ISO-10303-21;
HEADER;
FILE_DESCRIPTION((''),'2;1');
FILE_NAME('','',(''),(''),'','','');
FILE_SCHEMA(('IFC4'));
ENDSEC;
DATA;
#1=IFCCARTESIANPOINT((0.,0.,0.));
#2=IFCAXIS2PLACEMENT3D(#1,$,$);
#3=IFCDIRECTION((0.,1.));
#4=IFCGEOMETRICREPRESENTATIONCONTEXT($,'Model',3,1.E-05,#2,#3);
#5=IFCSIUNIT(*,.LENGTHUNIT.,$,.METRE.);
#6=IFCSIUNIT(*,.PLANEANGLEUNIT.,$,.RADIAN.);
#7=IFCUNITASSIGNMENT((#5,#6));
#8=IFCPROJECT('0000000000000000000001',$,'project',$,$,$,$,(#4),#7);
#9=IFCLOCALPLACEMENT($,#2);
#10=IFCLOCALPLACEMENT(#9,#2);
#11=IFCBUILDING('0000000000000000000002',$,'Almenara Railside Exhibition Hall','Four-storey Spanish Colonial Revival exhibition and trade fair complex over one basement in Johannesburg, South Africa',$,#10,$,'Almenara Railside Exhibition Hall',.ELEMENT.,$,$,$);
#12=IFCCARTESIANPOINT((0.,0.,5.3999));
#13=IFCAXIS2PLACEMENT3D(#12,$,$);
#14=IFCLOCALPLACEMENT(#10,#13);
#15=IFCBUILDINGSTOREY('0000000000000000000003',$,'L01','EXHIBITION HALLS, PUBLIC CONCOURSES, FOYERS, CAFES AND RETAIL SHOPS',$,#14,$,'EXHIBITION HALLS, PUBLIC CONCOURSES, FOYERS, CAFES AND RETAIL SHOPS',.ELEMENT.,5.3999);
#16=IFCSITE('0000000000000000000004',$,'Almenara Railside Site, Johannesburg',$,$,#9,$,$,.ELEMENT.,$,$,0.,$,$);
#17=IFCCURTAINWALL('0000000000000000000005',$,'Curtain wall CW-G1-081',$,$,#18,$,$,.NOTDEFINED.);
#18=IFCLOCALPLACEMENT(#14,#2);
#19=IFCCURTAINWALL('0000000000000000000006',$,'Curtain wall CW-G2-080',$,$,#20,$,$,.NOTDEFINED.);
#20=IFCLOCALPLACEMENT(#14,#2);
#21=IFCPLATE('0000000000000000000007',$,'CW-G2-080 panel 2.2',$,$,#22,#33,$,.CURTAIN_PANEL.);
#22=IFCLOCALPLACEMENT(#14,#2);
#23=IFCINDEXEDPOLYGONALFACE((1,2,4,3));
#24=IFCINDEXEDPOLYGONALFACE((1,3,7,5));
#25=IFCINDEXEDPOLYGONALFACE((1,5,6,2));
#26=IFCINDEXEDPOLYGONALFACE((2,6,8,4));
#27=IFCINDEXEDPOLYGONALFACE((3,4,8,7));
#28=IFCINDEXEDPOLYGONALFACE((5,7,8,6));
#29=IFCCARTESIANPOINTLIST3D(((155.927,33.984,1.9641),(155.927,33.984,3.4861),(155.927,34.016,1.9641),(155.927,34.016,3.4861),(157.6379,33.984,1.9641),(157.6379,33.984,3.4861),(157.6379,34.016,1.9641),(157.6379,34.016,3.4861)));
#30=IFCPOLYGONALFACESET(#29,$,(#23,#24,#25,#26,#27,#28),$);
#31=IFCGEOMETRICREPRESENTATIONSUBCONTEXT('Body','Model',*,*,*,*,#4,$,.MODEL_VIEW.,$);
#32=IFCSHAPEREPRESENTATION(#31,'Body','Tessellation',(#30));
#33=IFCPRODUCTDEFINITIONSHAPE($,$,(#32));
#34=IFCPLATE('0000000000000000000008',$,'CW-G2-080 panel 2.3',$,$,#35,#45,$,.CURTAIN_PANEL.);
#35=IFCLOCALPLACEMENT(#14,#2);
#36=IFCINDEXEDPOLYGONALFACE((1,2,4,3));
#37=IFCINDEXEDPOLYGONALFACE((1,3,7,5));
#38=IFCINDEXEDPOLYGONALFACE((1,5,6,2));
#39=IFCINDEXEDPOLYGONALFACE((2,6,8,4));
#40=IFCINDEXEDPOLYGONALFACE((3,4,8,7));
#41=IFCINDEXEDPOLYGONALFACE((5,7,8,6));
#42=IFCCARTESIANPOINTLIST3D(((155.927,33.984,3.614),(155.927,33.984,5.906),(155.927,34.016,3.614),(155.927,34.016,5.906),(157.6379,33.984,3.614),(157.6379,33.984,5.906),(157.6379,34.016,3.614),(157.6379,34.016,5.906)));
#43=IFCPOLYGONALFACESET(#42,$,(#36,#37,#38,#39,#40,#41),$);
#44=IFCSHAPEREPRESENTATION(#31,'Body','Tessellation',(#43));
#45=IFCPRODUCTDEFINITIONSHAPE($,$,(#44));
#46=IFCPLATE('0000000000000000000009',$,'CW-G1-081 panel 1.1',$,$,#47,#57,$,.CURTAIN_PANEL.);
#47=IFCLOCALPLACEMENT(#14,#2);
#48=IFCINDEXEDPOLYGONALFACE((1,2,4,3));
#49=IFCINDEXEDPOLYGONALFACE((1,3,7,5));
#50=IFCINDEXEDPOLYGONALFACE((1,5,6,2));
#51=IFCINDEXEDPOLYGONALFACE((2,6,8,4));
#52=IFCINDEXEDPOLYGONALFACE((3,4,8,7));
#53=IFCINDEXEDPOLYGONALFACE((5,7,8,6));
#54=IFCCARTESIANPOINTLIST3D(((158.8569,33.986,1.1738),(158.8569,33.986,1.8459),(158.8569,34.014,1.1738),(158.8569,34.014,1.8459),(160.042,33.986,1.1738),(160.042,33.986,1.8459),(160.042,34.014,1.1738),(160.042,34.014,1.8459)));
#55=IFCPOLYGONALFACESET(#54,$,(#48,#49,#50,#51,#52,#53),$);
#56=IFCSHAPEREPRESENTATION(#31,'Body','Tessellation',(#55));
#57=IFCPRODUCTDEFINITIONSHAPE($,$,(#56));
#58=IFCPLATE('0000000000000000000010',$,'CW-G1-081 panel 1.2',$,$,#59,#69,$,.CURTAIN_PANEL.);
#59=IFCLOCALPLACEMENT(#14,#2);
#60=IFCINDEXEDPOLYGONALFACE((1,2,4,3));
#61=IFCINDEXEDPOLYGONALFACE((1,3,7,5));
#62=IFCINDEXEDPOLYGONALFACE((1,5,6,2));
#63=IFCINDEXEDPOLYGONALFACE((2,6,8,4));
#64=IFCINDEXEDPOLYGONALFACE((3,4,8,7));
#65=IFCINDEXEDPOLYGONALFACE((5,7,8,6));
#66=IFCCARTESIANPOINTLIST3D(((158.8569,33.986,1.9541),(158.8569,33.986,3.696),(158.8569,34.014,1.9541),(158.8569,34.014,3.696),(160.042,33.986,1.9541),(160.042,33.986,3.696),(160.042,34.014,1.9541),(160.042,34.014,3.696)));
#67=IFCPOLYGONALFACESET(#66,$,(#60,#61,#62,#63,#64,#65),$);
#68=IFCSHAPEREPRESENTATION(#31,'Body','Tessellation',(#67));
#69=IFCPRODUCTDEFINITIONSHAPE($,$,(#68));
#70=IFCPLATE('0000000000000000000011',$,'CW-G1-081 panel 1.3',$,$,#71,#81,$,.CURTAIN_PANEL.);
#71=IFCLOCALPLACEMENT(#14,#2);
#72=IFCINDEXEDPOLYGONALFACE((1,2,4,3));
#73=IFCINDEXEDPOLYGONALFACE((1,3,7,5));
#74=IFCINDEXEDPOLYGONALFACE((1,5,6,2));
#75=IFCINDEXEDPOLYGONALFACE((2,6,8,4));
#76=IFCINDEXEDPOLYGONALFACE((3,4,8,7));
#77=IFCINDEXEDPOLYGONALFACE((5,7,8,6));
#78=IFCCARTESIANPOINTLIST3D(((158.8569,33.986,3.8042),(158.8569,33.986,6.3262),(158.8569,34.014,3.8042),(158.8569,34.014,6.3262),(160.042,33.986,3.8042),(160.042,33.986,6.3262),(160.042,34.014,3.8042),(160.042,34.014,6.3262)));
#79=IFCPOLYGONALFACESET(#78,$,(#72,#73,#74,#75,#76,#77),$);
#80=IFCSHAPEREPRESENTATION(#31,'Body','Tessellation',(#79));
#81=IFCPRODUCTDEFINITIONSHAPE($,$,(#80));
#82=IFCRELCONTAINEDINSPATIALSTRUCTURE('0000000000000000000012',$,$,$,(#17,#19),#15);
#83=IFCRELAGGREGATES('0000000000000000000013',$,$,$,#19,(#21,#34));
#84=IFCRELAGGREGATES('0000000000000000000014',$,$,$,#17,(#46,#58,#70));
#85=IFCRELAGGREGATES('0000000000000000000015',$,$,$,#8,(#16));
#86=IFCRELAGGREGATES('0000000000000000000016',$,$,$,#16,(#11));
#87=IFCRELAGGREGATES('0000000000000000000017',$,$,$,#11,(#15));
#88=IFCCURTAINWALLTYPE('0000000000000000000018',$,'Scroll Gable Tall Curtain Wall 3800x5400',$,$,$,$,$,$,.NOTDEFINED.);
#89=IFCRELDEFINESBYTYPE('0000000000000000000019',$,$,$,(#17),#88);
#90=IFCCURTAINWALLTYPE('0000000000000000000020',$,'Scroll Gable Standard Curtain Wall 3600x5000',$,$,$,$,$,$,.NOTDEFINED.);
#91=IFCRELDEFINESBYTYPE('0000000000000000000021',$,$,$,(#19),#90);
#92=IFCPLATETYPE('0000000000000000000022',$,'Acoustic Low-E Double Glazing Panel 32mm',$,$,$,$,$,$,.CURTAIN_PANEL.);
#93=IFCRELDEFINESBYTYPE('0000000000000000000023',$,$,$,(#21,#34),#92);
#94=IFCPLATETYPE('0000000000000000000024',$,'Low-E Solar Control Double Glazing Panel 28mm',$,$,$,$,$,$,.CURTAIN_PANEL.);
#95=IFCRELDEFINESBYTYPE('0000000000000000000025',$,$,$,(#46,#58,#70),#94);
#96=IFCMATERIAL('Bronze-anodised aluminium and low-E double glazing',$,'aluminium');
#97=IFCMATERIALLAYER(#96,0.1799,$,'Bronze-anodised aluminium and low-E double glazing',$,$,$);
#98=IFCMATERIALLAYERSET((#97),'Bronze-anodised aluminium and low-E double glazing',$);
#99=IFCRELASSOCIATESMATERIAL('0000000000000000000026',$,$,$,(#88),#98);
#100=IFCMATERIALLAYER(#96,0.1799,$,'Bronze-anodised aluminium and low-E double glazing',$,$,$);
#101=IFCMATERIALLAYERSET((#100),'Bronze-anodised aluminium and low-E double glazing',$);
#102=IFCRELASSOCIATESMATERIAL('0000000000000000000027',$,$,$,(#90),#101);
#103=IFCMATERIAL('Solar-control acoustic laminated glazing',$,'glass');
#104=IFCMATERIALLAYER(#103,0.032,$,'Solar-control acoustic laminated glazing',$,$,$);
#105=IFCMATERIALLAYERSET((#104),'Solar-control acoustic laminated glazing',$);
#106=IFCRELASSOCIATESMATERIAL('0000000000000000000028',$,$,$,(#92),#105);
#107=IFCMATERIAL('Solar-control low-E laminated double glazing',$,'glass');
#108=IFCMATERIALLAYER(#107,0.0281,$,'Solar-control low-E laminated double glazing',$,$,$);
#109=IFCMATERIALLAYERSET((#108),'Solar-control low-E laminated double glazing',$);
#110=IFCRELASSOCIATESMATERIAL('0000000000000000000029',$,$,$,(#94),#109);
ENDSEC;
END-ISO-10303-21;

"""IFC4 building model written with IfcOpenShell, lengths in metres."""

from ifc_helpers import new_model, si_unit, direction, frame, origin, origin_2d, place, context, subcontext, project, spatial, rectangle, extrude, material, layer, layer_set, type_object, element, aggregate, save


model = new_model("IFC4")

# Units and contexts
model_context = context("Model", 3, precision=1e-05, world=origin(), true_north=direction((0.0, 1.0)))
body_context = subcontext(model_context, "Body", "Model", "MODEL_VIEW")
ifc_project = project(units=[si_unit("LENGTHUNIT", "METRE"), si_unit("PLANEANGLEUNIT", "RADIAN")], contexts=[model_context])

# Site, building, storey
site_placement = place(None, origin())
site = spatial("IfcSite", under=ifc_project, at=site_placement, Name="Almenara Railside Site, Johannesburg", CompositionType="ELEMENT", RefElevation=0.0)
building_placement = place(site_placement, origin())
building = spatial("IfcBuilding", under=site, at=building_placement, Name="Almenara Railside Exhibition Hall", Description="Four-storey Spanish Colonial Revival exhibition and trade fair complex over one basement in Johannesburg, South Africa", LongName="Almenara Railside Exhibition Hall", CompositionType="ELEMENT")
storey_placement = place(building_placement, frame((0.0, 0.0, 5.3999)))
storey = spatial("IfcBuildingStorey", under=building, at=storey_placement, Name="L01", Description="EXHIBITION HALLS, PUBLIC CONCOURSES, FOYERS, CAFES AND RETAIL SHOPS", LongName="EXHIBITION HALLS, PUBLIC CONCOURSES, FOYERS, CAFES AND RETAIL SHOPS", CompositionType="ELEMENT", Elevation=5.3999)

# Curtain walls
ifc_material_1 = material(Name="Bronze-anodised aluminium and low-E double glazing", Category="aluminium")
ifc_layer_1 = layer(ifc_material_1, 0.1799, Name="Bronze-anodised aluminium and low-E double glazing")
ifc_layer_set_1 = layer_set([ifc_layer_1], Name="Bronze-anodised aluminium and low-E double glazing")
curtain_wall_type_1 = type_object("IfcCurtainWallType", Name="Scroll Gable Tall Curtain Wall 3800x5400", PredefinedType="NOTDEFINED", material=ifc_layer_set_1)
curtain_wall_1_placement = place(storey_placement, origin())
curtain_wall_1 = element("IfcCurtainWall", 1, at=curtain_wall_1_placement, inside=storey, type_object=curtain_wall_type_1, Name="Curtain wall CW-G1-081", PredefinedType="NOTDEFINED")
ifc_layer_2 = layer(ifc_material_1, 0.1799, Name="Bronze-anodised aluminium and low-E double glazing")
ifc_layer_set_2 = layer_set([ifc_layer_2], Name="Bronze-anodised aluminium and low-E double glazing")
curtain_wall_type_2 = type_object("IfcCurtainWallType", Name="Scroll Gable Standard Curtain Wall 3600x5000", PredefinedType="NOTDEFINED", material=ifc_layer_set_2)
curtain_wall_2_placement = place(storey_placement, origin())
curtain_wall_2 = element("IfcCurtainWall", 2, at=curtain_wall_2_placement, inside=storey, type_object=curtain_wall_type_2, Name="Curtain wall CW-G2-080", PredefinedType="NOTDEFINED")

# Plates
ifc_material_2 = material(Name="Solar-control acoustic laminated glazing", Category="glass")
ifc_layer_3 = layer(ifc_material_2, 0.032, Name="Solar-control acoustic laminated glazing")
ifc_layer_set_3 = layer_set([ifc_layer_3], Name="Solar-control acoustic laminated glazing")
plate_type_1 = type_object("IfcPlateType", Name="Acoustic Low-E Double Glazing Panel 32mm", PredefinedType="CURTAIN_PANEL", material=ifc_layer_set_3)
plate_1_placement = place(storey_placement, frame((156.7825, 34.0, 1.9641), z_axis=(0.0, 0.0, 1.0), x_axis=(1.0, 0.0, 0.0)))
plate_1 = element("IfcPlate", 3, at=plate_1_placement, type_object=plate_type_1, Name="CW-G2-080 panel 2.2", PredefinedType="CURTAIN_PANEL", context=body_context, shape_type="SweptSolid", body=[
    extrude(rectangle(XDim=1.7109, YDim=0.032, at=origin_2d()), origin(), (0.0, 0.0, 1.0), 1.522),
])
plate_2_placement = place(storey_placement, frame((156.7825, 34.0, 3.614), z_axis=(0.0, 0.0, 1.0), x_axis=(1.0, 0.0, 0.0)))
plate_2 = element("IfcPlate", 4, at=plate_2_placement, type_object=plate_type_1, Name="CW-G2-080 panel 2.3", PredefinedType="CURTAIN_PANEL", context=body_context, shape_type="SweptSolid", body=[
    extrude(rectangle(XDim=1.7109, YDim=0.032, at=origin_2d()), origin(), (0.0, 0.0, 1.0), 2.292),
])
aggregate(curtain_wall_2, [plate_1, plate_2])
ifc_material_3 = material(Name="Solar-control low-E laminated double glazing", Category="glass")
ifc_layer_4 = layer(ifc_material_3, 0.0281, Name="Solar-control low-E laminated double glazing")
ifc_layer_set_4 = layer_set([ifc_layer_4], Name="Solar-control low-E laminated double glazing")
plate_type_2 = type_object("IfcPlateType", Name="Low-E Solar Control Double Glazing Panel 28mm", PredefinedType="CURTAIN_PANEL", material=ifc_layer_set_4)
plate_3_placement = place(storey_placement, frame((159.4495, 34.0, 1.1738), z_axis=(0.0, 0.0, 1.0), x_axis=(1.0, 0.0, 0.0)))
plate_3 = element("IfcPlate", 5, at=plate_3_placement, type_object=plate_type_2, Name="CW-G1-081 panel 1.1", PredefinedType="CURTAIN_PANEL", context=body_context, shape_type="SweptSolid", body=[
    extrude(rectangle(XDim=1.1851, YDim=0.0281, at=origin_2d()), origin(), (0.0, 0.0, 1.0), 0.6721),
])
plate_4_placement = place(storey_placement, frame((159.4495, 34.0, 1.9541), z_axis=(0.0, 0.0, 1.0), x_axis=(1.0, 0.0, 0.0)))
plate_4 = element("IfcPlate", 6, at=plate_4_placement, type_object=plate_type_2, Name="CW-G1-081 panel 1.2", PredefinedType="CURTAIN_PANEL", context=body_context, shape_type="SweptSolid", body=[
    extrude(rectangle(XDim=1.1851, YDim=0.0281, at=origin_2d()), origin(), (0.0, 0.0, 1.0), 1.7419),
])
plate_5_placement = place(storey_placement, frame((159.4495, 34.0, 3.8042), z_axis=(0.0, 0.0, 1.0), x_axis=(1.0, 0.0, 0.0)))
plate_5 = element("IfcPlate", 7, at=plate_5_placement, type_object=plate_type_2, Name="CW-G1-081 panel 1.3", PredefinedType="CURTAIN_PANEL", context=body_context, shape_type="SweptSolid", body=[
    extrude(rectangle(XDim=1.1851, YDim=0.0281, at=origin_2d()), origin(), (0.0, 0.0, 1.0), 2.522),
])
aggregate(curtain_wall_1, [plate_3, plate_4, plate_5])

save(model, "model.ifc")
